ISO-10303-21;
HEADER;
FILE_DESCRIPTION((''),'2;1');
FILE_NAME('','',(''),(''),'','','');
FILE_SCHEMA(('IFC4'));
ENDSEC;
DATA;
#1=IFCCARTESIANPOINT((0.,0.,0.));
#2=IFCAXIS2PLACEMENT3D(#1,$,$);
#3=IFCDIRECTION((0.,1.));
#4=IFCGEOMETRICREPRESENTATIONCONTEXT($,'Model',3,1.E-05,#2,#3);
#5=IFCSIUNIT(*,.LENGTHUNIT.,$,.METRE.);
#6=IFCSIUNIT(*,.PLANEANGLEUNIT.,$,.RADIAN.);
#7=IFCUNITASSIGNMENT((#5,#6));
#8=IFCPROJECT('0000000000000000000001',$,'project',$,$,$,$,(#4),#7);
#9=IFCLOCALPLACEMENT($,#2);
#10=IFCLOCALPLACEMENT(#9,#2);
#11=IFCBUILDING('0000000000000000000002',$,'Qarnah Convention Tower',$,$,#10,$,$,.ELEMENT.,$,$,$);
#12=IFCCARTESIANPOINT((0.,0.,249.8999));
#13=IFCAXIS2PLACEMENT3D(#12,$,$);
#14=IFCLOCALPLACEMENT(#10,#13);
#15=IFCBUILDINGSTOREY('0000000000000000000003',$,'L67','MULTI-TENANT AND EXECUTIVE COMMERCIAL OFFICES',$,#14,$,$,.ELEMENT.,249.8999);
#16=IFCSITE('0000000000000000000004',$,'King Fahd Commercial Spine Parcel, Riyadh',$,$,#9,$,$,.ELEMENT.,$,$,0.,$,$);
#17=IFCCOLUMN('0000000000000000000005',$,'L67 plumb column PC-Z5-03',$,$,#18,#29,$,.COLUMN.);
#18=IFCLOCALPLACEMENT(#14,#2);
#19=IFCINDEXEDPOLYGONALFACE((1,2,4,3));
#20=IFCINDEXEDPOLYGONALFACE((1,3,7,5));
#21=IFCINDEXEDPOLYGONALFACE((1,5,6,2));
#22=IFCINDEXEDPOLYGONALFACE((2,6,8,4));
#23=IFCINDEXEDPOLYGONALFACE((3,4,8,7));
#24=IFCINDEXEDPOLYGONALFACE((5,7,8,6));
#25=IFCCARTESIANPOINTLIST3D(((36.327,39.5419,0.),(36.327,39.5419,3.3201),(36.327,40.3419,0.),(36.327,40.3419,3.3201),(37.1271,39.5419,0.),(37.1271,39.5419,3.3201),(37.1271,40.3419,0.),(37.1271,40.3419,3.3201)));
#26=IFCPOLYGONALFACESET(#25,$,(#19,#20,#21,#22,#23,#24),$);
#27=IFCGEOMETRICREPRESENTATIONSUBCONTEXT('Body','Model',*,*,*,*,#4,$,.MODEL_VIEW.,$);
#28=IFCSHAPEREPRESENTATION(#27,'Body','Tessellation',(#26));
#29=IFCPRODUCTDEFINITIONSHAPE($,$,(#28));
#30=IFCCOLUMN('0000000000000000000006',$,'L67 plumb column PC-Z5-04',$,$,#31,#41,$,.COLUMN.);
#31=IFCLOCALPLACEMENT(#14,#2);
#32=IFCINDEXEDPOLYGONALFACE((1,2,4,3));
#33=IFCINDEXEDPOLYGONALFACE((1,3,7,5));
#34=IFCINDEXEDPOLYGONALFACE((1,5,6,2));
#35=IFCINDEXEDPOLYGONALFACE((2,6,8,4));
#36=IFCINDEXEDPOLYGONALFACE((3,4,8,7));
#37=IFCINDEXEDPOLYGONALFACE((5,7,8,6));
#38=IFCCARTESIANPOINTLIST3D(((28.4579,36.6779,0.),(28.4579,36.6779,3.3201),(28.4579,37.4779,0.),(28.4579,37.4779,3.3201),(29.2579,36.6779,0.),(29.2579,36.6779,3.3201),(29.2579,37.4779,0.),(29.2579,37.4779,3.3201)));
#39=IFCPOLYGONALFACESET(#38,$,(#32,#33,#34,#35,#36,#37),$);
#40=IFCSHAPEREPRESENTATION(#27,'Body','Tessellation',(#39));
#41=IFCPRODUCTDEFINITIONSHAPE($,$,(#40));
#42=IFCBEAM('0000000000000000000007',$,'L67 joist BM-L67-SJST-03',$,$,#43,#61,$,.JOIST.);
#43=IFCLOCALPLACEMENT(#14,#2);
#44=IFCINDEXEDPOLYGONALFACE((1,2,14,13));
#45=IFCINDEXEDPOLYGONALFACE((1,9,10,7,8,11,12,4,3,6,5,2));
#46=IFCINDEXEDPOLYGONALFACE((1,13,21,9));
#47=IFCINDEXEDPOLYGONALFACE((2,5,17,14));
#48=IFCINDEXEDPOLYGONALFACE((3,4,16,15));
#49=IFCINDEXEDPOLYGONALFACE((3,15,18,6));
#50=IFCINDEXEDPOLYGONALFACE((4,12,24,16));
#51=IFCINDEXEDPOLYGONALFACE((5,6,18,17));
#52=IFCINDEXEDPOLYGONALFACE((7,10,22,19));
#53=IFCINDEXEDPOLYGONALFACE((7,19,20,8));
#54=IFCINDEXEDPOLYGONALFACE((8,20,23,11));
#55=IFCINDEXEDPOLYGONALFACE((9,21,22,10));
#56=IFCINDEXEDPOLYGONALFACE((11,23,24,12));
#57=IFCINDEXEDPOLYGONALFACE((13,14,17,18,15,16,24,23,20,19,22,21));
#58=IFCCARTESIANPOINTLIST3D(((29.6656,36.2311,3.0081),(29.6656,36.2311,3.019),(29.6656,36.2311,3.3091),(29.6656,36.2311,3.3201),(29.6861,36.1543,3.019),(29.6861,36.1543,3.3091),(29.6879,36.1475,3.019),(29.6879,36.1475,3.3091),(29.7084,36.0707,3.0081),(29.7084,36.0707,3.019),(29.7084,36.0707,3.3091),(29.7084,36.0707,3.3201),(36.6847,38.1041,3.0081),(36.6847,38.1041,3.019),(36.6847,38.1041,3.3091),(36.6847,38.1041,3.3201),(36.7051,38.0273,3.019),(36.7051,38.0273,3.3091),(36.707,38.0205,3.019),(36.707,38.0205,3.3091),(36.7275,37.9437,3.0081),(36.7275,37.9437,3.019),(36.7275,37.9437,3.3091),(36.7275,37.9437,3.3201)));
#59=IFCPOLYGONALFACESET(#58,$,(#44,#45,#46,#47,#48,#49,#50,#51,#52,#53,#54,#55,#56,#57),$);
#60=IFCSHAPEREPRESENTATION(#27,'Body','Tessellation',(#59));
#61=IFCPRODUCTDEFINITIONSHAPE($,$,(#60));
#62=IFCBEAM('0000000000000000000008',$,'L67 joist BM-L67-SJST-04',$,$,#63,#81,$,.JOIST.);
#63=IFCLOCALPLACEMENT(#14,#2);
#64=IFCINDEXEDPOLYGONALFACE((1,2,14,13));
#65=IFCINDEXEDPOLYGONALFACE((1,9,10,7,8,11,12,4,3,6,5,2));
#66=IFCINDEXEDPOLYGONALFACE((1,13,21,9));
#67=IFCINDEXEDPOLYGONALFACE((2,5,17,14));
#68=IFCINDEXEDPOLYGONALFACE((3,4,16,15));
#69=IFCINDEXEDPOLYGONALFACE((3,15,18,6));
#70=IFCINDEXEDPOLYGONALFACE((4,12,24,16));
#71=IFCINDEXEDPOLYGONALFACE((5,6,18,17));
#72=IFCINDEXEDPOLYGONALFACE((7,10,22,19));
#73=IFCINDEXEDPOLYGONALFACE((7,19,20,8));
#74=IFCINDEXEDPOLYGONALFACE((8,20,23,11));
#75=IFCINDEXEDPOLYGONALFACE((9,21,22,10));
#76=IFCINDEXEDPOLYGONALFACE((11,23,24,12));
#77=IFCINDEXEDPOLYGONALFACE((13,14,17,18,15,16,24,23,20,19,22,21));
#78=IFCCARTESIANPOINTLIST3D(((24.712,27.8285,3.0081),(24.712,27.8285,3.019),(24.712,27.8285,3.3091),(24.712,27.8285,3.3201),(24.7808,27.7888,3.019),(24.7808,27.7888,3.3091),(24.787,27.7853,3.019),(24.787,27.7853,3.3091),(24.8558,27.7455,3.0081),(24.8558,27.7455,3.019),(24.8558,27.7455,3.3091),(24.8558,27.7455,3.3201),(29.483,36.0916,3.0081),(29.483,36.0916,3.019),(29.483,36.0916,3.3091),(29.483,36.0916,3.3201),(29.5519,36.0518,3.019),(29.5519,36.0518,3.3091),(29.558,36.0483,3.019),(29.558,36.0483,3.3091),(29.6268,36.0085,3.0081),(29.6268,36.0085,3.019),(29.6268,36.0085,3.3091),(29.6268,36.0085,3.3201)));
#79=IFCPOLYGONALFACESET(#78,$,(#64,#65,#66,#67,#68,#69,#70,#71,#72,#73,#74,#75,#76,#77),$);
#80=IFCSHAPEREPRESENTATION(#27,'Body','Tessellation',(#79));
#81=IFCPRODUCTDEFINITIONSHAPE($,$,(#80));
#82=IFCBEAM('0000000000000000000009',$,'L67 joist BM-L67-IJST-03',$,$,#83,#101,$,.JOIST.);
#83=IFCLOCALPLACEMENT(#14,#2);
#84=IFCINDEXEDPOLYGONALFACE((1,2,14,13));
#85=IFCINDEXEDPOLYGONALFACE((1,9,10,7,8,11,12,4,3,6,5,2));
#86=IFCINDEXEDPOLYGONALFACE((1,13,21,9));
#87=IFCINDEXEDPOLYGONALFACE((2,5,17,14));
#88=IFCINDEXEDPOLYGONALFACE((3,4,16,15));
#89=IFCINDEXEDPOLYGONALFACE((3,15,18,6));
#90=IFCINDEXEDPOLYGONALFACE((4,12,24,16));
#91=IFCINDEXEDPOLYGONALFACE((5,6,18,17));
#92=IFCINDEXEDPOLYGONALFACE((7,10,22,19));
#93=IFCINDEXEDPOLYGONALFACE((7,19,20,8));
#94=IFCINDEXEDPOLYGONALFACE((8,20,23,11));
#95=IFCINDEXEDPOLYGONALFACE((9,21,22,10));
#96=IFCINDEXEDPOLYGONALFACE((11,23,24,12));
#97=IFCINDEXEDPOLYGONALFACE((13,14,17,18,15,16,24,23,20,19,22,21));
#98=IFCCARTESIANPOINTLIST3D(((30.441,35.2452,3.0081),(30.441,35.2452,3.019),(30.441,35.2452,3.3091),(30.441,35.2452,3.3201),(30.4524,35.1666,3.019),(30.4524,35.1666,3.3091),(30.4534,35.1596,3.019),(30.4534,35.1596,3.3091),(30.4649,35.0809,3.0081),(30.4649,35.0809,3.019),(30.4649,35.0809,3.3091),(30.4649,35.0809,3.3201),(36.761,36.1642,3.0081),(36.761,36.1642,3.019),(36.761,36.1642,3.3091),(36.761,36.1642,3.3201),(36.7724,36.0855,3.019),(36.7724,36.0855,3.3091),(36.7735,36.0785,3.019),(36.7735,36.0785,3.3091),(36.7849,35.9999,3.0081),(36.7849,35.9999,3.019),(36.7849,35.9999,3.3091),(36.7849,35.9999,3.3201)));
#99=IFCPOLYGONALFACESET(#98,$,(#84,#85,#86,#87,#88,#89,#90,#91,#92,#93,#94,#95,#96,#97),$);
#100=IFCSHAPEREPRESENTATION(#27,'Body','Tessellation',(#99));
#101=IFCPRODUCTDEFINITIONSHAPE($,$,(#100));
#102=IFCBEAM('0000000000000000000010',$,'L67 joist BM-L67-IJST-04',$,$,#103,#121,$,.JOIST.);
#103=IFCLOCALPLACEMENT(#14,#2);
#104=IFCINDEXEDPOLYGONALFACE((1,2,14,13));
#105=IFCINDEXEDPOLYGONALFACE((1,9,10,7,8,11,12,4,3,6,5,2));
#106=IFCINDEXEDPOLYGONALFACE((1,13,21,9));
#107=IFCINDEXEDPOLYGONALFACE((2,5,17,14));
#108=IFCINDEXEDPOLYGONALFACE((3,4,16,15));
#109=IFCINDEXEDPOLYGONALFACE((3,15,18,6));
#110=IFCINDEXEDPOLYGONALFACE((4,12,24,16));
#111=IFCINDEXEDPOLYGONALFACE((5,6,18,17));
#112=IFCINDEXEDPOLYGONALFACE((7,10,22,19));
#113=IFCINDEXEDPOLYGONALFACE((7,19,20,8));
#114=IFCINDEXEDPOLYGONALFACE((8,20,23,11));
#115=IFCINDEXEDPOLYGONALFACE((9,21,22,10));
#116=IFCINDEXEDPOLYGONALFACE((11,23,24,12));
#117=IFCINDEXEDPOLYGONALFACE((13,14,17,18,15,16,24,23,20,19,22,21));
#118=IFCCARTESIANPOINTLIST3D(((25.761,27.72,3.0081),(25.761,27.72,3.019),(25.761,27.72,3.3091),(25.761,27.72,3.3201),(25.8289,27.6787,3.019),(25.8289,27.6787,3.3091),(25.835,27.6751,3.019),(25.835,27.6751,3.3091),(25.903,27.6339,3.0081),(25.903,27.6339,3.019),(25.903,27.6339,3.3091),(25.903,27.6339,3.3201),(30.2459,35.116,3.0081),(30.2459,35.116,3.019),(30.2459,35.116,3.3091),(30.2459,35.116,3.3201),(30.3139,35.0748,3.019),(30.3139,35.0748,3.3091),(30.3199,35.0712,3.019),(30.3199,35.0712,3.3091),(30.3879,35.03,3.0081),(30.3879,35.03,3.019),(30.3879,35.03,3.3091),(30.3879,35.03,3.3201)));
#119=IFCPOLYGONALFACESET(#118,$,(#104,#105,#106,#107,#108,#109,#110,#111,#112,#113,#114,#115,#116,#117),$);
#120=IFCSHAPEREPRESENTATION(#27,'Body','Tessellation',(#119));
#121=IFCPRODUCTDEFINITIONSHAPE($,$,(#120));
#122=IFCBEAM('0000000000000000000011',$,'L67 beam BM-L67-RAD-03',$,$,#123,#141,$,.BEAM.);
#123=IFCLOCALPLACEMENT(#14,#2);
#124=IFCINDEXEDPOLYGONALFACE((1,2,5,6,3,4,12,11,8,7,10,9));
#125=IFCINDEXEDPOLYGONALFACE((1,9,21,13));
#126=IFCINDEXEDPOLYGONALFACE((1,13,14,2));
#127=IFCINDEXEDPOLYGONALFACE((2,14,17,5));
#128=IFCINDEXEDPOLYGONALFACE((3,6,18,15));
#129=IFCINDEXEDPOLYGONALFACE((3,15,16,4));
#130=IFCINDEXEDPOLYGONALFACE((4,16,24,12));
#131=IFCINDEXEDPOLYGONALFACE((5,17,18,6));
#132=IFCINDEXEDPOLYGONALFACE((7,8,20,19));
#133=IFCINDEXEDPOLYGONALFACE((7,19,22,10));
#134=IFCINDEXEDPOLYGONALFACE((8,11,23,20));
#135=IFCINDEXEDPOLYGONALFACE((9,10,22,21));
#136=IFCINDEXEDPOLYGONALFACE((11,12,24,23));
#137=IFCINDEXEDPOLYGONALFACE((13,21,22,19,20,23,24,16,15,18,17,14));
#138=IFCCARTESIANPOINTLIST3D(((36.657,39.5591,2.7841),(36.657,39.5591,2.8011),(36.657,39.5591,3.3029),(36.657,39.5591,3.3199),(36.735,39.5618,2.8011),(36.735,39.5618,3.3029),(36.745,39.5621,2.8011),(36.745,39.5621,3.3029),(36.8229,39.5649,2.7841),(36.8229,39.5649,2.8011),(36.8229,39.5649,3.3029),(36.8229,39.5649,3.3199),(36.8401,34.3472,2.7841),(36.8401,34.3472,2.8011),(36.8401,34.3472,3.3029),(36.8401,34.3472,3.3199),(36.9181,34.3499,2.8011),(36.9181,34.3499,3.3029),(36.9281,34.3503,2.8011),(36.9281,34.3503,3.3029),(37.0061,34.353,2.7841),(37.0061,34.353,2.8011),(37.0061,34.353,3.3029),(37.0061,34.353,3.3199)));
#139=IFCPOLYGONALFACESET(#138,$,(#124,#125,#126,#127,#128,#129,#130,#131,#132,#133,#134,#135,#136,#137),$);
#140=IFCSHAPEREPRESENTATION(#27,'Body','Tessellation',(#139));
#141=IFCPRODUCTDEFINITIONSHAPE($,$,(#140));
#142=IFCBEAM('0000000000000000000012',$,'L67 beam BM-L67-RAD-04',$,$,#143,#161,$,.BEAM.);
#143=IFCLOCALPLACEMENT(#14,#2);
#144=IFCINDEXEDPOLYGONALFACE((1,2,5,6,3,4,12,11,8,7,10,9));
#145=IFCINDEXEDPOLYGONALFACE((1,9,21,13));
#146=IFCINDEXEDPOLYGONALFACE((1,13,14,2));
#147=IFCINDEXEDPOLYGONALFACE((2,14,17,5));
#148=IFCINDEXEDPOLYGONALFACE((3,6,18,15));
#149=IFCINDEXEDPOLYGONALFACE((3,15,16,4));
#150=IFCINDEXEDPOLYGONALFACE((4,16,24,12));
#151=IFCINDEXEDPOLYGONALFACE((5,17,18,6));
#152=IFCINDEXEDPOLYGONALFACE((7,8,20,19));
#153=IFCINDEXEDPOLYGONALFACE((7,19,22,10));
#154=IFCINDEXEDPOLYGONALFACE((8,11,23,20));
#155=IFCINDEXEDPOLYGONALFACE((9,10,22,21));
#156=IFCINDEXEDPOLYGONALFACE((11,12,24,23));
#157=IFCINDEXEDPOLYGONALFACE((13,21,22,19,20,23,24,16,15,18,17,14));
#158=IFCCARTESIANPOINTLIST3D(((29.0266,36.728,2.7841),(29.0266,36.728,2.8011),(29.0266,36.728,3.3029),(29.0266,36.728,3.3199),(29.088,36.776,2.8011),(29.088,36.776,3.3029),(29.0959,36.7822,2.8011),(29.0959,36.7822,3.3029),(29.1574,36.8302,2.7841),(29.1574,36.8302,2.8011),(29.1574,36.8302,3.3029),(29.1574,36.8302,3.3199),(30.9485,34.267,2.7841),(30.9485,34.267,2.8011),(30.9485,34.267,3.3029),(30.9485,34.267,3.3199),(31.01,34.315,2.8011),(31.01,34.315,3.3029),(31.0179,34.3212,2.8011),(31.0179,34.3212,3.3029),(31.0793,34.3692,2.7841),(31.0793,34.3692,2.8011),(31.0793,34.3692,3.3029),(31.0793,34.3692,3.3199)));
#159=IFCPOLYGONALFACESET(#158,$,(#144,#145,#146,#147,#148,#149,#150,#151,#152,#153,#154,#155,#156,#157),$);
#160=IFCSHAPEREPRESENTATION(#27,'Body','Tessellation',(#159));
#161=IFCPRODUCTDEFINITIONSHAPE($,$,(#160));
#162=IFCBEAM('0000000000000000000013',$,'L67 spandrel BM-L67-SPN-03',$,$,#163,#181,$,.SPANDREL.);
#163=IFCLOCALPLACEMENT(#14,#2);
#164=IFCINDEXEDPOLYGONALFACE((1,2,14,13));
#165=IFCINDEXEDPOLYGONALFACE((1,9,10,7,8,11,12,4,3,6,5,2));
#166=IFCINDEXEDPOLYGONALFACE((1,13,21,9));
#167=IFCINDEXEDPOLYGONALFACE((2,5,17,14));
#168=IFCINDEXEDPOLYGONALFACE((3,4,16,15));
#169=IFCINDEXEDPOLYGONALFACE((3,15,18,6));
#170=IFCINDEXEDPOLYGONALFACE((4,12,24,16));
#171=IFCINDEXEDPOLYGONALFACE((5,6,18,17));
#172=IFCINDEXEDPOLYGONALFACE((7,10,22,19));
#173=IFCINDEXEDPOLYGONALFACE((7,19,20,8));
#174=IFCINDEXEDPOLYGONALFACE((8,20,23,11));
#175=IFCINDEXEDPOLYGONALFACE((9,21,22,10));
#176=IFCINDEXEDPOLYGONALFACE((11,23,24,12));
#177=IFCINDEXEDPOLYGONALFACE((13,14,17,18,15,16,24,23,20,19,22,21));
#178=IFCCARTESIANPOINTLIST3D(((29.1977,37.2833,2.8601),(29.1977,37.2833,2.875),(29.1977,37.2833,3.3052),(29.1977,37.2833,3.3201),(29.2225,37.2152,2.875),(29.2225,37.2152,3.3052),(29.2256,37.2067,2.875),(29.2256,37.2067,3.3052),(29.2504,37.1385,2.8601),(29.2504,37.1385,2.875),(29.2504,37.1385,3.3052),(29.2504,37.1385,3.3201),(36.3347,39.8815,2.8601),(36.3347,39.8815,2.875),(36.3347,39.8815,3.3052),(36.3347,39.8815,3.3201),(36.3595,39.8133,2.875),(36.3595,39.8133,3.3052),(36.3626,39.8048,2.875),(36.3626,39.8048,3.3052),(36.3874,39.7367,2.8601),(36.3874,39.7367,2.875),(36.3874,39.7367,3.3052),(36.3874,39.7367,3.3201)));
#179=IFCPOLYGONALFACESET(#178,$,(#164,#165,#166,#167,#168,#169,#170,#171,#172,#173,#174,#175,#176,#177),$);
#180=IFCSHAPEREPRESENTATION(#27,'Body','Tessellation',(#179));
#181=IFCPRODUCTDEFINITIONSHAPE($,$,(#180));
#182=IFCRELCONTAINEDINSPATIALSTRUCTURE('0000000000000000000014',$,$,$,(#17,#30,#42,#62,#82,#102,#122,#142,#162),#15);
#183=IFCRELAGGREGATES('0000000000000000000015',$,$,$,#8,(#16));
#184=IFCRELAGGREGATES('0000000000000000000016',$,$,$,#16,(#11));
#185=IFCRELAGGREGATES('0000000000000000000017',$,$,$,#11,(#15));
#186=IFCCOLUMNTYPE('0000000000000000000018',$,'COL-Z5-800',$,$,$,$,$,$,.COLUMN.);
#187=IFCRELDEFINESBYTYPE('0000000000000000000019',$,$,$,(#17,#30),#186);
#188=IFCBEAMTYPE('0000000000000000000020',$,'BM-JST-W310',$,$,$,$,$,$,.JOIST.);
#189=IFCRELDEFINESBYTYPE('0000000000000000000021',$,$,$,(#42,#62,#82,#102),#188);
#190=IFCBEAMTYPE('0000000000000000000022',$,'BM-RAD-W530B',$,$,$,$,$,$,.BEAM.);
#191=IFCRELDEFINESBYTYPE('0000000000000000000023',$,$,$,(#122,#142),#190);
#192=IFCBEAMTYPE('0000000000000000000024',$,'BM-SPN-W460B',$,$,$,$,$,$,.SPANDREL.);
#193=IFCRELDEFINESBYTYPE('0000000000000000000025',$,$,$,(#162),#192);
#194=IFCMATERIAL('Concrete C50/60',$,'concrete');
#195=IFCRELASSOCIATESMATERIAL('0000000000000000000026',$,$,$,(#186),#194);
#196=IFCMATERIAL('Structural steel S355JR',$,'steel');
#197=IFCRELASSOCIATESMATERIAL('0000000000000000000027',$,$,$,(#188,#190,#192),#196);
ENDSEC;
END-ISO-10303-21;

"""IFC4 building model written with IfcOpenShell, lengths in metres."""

from ifc_helpers import new_model, si_unit, direction, frame, origin, origin_2d, place, context, subcontext, project, spatial, rectangle, i_section, extrude, material, material_profile, profile_set, type_object, element, save


model = new_model("IFC4")

# Units and contexts
model_context = context("Model", 3, precision=1e-05, world=origin(), true_north=direction((0.0, 1.0)))
body_context = subcontext(model_context, "Body", "Model", "MODEL_VIEW")
ifc_project = project(units=[si_unit("LENGTHUNIT", "METRE"), si_unit("PLANEANGLEUNIT", "RADIAN")], contexts=[model_context])

# Site, building, storey
site_placement = place(None, origin())
site = spatial("IfcSite", under=ifc_project, at=site_placement, Name="King Fahd Commercial Spine Parcel, Riyadh", CompositionType="ELEMENT", RefElevation=0.0)
building_placement = place(site_placement, origin())
building = spatial("IfcBuilding", under=site, at=building_placement, Name="Qarnah Convention Tower", CompositionType="ELEMENT")
storey_placement = place(building_placement, frame((0.0, 0.0, 249.8999)))
storey = spatial("IfcBuildingStorey", under=building, at=storey_placement, Name="L67", Description="MULTI-TENANT AND EXECUTIVE COMMERCIAL OFFICES", CompositionType="ELEMENT", Elevation=249.8999)

# Columns
ifc_material_1 = material(Name="Concrete C50/60", Category="concrete")
ifc_material_profile_1 = material_profile(ifc_material_1, rectangle(XDim=0.8, YDim=0.8, at=origin_2d()), Name="RC-COL-800X800")
ifc_profile_set_1 = profile_set([ifc_material_profile_1], Name="Concrete C50/60")
column_type = type_object("IfcColumnType", Name="COL-Z5-800", PredefinedType="COLUMN", material=ifc_profile_set_1)
for number, where, z_axis, x_axis, name in (
    (1, (36.7271, 39.9419, 0.0), (0.0, 0.0, 1.0), (1.0, 0.0, 0.0), "L67 plumb column PC-Z5-03"),
    (2, (28.8579, 37.0779, 0.0), (0.0, 0.0, 1.0), (1.0, 0.0, 0.0), "L67 plumb column PC-Z5-04"),
):
    element("IfcColumn", number, at=place(storey_placement, frame(where, z_axis=z_axis, x_axis=x_axis)), inside=storey, type_object=column_type, Name=name, PredefinedType="COLUMN", context=body_context, shape_type="SweptSolid", body=[
        extrude(rectangle(XDim=0.8, YDim=0.8, at=origin_2d()), origin(), (0.0, 0.0, 1.0), 3.3201),
    ])

# Beams
ifc_material_2 = material(Name="Structural steel S355JR", Category="steel")
ifc_material_profile_2 = material_profile(ifc_material_2, i_section(OverallWidth=0.166, OverallDepth=0.312, WebThickness=0.0071, FlangeThickness=0.011, at=origin_2d()), Name="W310X45")
ifc_profile_set_2 = profile_set([ifc_material_profile_2], Name="Structural steel S355JR")
beam_type_1 = type_object("IfcBeamType", Name="BM-JST-W310", PredefinedType="JOIST", material=ifc_profile_set_2)
beam_1_placement = place(storey_placement, frame((36.7061, 38.0239, 3.1641), z_axis=(-0.96619, -0.25783, 0.0), x_axis=(0.25783, -0.96619, 0.0)))
element("IfcBeam", 3, at=beam_1_placement, inside=storey, type_object=beam_type_1, Name="L67 joist BM-L67-SJST-03", PredefinedType="JOIST", context=body_context, shape_type="SweptSolid", body=[
    extrude(i_section(OverallWidth=0.166, OverallDepth=0.312, WebThickness=0.0071, FlangeThickness=0.011, at=origin_2d()), origin(), (0.0, 0.0, 1.0), 7.2646),
])
beam_2_placement = place(storey_placement, frame((29.5549, 36.05, 3.1641), z_axis=(-0.50003, -0.866008, 0.0), x_axis=(0.866008, -0.50003, 0.0)))
element("IfcBeam", 4, at=beam_2_placement, inside=storey, type_object=beam_type_1, Name="L67 joist BM-L67-SJST-04", PredefinedType="JOIST", context=body_context, shape_type="SweptSolid", body=[
    extrude(i_section(OverallWidth=0.166, OverallDepth=0.312, WebThickness=0.0071, FlangeThickness=0.011, at=origin_2d()), origin(), (0.0, 0.0, 1.0), 9.5415),
])
beam_3_placement = place(storey_placement, frame((36.7729, 36.082, 3.1641), z_axis=(-0.989594, -0.143888, 0.0), x_axis=(0.143888, -0.989594, 0.0)))
element("IfcBeam", 5, at=beam_3_placement, inside=storey, type_object=beam_type_1, Name="L67 joist BM-L67-IJST-03", PredefinedType="JOIST", context=body_context, shape_type="SweptSolid", body=[
    extrude(i_section(OverallWidth=0.166, OverallDepth=0.312, WebThickness=0.0071, FlangeThickness=0.011, at=origin_2d()), origin(), (0.0, 0.0, 1.0), 6.3865),
])
beam_4_placement = place(storey_placement, frame((30.3169, 35.073, 3.1641), z_axis=(-0.518508, -0.855073, 0.0), x_axis=(0.855073, -0.518508, 0.0)))
element("IfcBeam", 6, at=beam_4_placement, inside=storey, type_object=beam_type_1, Name="L67 joist BM-L67-IJST-04", PredefinedType="JOIST", context=body_context, shape_type="SweptSolid", body=[
    extrude(i_section(OverallWidth=0.166, OverallDepth=0.312, WebThickness=0.0071, FlangeThickness=0.011, at=origin_2d()), origin(), (0.0, 0.0, 1.0), 8.6497),
])
ifc_material_profile_3 = material_profile(ifc_material_2, i_section(OverallWidth=0.166, OverallDepth=0.5359, WebThickness=0.01, FlangeThickness=0.0171, at=origin_2d()), Name="W530X85")
ifc_profile_set_3 = profile_set([ifc_material_profile_3], Name="Structural steel S355JR")
beam_type_2 = type_object("IfcBeamType", Name="BM-RAD-W530B", PredefinedType="BEAM", material=ifc_profile_set_3)
beam_5_placement = place(storey_placement, frame((36.9231, 34.3501, 3.052), z_axis=(-0.03511, 0.999383, 0.0), x_axis=(-0.999383, -0.03511, 0.0)))
element("IfcBeam", 7, at=beam_5_placement, inside=storey, type_object=beam_type_2, Name="L67 beam BM-L67-RAD-03", PredefinedType="BEAM", context=body_context, shape_type="SweptSolid", body=[
    extrude(i_section(OverallWidth=0.166, OverallDepth=0.5359, WebThickness=0.01, FlangeThickness=0.0171, at=origin_2d()), origin(), (0.0, 0.0, 1.0), 5.2151),
])
beam_6_placement = place(storey_placement, frame((31.0139, 34.3181, 3.052), z_axis=(-0.615498, 0.788138, 0.0), x_axis=(-0.788138, -0.615498, 0.0)))
element("IfcBeam", 8, at=beam_6_placement, inside=storey, type_object=beam_type_2, Name="L67 beam BM-L67-RAD-04", PredefinedType="BEAM", context=body_context, shape_type="SweptSolid", body=[
    extrude(i_section(OverallWidth=0.166, OverallDepth=0.5359, WebThickness=0.01, FlangeThickness=0.0171, at=origin_2d()), origin(), (0.0, 0.0, 1.0), 3.1226),
])
ifc_material_profile_4 = material_profile(ifc_material_2, i_section(OverallWidth=0.1541, OverallDepth=0.46, WebThickness=0.009, FlangeThickness=0.0149, at=origin_2d()), Name="W460X68")
ifc_profile_set_4 = profile_set([ifc_material_profile_4], Name="Structural steel S355JR")
beam_type_3 = type_object("IfcBeamType", Name="BM-SPN-W460B", PredefinedType="SPANDREL", material=ifc_profile_set_4)
beam_7_placement = place(storey_placement, frame((36.3611, 39.8091, 3.0901), z_axis=(-0.939671, -0.342079, 0.0), x_axis=(0.342079, -0.939671, 0.0)))
element("IfcBeam", 9, at=beam_7_placement, inside=storey, type_object=beam_type_3, Name="L67 spandrel BM-L67-SPN-03", PredefinedType="SPANDREL", context=body_context, shape_type="SweptSolid", body=[
    extrude(i_section(OverallWidth=0.1541, OverallDepth=0.46, WebThickness=0.009, FlangeThickness=0.0149, at=origin_2d()), origin(), (0.0, 0.0, 1.0), 7.5952),
])

save(model, "model.ifc")
